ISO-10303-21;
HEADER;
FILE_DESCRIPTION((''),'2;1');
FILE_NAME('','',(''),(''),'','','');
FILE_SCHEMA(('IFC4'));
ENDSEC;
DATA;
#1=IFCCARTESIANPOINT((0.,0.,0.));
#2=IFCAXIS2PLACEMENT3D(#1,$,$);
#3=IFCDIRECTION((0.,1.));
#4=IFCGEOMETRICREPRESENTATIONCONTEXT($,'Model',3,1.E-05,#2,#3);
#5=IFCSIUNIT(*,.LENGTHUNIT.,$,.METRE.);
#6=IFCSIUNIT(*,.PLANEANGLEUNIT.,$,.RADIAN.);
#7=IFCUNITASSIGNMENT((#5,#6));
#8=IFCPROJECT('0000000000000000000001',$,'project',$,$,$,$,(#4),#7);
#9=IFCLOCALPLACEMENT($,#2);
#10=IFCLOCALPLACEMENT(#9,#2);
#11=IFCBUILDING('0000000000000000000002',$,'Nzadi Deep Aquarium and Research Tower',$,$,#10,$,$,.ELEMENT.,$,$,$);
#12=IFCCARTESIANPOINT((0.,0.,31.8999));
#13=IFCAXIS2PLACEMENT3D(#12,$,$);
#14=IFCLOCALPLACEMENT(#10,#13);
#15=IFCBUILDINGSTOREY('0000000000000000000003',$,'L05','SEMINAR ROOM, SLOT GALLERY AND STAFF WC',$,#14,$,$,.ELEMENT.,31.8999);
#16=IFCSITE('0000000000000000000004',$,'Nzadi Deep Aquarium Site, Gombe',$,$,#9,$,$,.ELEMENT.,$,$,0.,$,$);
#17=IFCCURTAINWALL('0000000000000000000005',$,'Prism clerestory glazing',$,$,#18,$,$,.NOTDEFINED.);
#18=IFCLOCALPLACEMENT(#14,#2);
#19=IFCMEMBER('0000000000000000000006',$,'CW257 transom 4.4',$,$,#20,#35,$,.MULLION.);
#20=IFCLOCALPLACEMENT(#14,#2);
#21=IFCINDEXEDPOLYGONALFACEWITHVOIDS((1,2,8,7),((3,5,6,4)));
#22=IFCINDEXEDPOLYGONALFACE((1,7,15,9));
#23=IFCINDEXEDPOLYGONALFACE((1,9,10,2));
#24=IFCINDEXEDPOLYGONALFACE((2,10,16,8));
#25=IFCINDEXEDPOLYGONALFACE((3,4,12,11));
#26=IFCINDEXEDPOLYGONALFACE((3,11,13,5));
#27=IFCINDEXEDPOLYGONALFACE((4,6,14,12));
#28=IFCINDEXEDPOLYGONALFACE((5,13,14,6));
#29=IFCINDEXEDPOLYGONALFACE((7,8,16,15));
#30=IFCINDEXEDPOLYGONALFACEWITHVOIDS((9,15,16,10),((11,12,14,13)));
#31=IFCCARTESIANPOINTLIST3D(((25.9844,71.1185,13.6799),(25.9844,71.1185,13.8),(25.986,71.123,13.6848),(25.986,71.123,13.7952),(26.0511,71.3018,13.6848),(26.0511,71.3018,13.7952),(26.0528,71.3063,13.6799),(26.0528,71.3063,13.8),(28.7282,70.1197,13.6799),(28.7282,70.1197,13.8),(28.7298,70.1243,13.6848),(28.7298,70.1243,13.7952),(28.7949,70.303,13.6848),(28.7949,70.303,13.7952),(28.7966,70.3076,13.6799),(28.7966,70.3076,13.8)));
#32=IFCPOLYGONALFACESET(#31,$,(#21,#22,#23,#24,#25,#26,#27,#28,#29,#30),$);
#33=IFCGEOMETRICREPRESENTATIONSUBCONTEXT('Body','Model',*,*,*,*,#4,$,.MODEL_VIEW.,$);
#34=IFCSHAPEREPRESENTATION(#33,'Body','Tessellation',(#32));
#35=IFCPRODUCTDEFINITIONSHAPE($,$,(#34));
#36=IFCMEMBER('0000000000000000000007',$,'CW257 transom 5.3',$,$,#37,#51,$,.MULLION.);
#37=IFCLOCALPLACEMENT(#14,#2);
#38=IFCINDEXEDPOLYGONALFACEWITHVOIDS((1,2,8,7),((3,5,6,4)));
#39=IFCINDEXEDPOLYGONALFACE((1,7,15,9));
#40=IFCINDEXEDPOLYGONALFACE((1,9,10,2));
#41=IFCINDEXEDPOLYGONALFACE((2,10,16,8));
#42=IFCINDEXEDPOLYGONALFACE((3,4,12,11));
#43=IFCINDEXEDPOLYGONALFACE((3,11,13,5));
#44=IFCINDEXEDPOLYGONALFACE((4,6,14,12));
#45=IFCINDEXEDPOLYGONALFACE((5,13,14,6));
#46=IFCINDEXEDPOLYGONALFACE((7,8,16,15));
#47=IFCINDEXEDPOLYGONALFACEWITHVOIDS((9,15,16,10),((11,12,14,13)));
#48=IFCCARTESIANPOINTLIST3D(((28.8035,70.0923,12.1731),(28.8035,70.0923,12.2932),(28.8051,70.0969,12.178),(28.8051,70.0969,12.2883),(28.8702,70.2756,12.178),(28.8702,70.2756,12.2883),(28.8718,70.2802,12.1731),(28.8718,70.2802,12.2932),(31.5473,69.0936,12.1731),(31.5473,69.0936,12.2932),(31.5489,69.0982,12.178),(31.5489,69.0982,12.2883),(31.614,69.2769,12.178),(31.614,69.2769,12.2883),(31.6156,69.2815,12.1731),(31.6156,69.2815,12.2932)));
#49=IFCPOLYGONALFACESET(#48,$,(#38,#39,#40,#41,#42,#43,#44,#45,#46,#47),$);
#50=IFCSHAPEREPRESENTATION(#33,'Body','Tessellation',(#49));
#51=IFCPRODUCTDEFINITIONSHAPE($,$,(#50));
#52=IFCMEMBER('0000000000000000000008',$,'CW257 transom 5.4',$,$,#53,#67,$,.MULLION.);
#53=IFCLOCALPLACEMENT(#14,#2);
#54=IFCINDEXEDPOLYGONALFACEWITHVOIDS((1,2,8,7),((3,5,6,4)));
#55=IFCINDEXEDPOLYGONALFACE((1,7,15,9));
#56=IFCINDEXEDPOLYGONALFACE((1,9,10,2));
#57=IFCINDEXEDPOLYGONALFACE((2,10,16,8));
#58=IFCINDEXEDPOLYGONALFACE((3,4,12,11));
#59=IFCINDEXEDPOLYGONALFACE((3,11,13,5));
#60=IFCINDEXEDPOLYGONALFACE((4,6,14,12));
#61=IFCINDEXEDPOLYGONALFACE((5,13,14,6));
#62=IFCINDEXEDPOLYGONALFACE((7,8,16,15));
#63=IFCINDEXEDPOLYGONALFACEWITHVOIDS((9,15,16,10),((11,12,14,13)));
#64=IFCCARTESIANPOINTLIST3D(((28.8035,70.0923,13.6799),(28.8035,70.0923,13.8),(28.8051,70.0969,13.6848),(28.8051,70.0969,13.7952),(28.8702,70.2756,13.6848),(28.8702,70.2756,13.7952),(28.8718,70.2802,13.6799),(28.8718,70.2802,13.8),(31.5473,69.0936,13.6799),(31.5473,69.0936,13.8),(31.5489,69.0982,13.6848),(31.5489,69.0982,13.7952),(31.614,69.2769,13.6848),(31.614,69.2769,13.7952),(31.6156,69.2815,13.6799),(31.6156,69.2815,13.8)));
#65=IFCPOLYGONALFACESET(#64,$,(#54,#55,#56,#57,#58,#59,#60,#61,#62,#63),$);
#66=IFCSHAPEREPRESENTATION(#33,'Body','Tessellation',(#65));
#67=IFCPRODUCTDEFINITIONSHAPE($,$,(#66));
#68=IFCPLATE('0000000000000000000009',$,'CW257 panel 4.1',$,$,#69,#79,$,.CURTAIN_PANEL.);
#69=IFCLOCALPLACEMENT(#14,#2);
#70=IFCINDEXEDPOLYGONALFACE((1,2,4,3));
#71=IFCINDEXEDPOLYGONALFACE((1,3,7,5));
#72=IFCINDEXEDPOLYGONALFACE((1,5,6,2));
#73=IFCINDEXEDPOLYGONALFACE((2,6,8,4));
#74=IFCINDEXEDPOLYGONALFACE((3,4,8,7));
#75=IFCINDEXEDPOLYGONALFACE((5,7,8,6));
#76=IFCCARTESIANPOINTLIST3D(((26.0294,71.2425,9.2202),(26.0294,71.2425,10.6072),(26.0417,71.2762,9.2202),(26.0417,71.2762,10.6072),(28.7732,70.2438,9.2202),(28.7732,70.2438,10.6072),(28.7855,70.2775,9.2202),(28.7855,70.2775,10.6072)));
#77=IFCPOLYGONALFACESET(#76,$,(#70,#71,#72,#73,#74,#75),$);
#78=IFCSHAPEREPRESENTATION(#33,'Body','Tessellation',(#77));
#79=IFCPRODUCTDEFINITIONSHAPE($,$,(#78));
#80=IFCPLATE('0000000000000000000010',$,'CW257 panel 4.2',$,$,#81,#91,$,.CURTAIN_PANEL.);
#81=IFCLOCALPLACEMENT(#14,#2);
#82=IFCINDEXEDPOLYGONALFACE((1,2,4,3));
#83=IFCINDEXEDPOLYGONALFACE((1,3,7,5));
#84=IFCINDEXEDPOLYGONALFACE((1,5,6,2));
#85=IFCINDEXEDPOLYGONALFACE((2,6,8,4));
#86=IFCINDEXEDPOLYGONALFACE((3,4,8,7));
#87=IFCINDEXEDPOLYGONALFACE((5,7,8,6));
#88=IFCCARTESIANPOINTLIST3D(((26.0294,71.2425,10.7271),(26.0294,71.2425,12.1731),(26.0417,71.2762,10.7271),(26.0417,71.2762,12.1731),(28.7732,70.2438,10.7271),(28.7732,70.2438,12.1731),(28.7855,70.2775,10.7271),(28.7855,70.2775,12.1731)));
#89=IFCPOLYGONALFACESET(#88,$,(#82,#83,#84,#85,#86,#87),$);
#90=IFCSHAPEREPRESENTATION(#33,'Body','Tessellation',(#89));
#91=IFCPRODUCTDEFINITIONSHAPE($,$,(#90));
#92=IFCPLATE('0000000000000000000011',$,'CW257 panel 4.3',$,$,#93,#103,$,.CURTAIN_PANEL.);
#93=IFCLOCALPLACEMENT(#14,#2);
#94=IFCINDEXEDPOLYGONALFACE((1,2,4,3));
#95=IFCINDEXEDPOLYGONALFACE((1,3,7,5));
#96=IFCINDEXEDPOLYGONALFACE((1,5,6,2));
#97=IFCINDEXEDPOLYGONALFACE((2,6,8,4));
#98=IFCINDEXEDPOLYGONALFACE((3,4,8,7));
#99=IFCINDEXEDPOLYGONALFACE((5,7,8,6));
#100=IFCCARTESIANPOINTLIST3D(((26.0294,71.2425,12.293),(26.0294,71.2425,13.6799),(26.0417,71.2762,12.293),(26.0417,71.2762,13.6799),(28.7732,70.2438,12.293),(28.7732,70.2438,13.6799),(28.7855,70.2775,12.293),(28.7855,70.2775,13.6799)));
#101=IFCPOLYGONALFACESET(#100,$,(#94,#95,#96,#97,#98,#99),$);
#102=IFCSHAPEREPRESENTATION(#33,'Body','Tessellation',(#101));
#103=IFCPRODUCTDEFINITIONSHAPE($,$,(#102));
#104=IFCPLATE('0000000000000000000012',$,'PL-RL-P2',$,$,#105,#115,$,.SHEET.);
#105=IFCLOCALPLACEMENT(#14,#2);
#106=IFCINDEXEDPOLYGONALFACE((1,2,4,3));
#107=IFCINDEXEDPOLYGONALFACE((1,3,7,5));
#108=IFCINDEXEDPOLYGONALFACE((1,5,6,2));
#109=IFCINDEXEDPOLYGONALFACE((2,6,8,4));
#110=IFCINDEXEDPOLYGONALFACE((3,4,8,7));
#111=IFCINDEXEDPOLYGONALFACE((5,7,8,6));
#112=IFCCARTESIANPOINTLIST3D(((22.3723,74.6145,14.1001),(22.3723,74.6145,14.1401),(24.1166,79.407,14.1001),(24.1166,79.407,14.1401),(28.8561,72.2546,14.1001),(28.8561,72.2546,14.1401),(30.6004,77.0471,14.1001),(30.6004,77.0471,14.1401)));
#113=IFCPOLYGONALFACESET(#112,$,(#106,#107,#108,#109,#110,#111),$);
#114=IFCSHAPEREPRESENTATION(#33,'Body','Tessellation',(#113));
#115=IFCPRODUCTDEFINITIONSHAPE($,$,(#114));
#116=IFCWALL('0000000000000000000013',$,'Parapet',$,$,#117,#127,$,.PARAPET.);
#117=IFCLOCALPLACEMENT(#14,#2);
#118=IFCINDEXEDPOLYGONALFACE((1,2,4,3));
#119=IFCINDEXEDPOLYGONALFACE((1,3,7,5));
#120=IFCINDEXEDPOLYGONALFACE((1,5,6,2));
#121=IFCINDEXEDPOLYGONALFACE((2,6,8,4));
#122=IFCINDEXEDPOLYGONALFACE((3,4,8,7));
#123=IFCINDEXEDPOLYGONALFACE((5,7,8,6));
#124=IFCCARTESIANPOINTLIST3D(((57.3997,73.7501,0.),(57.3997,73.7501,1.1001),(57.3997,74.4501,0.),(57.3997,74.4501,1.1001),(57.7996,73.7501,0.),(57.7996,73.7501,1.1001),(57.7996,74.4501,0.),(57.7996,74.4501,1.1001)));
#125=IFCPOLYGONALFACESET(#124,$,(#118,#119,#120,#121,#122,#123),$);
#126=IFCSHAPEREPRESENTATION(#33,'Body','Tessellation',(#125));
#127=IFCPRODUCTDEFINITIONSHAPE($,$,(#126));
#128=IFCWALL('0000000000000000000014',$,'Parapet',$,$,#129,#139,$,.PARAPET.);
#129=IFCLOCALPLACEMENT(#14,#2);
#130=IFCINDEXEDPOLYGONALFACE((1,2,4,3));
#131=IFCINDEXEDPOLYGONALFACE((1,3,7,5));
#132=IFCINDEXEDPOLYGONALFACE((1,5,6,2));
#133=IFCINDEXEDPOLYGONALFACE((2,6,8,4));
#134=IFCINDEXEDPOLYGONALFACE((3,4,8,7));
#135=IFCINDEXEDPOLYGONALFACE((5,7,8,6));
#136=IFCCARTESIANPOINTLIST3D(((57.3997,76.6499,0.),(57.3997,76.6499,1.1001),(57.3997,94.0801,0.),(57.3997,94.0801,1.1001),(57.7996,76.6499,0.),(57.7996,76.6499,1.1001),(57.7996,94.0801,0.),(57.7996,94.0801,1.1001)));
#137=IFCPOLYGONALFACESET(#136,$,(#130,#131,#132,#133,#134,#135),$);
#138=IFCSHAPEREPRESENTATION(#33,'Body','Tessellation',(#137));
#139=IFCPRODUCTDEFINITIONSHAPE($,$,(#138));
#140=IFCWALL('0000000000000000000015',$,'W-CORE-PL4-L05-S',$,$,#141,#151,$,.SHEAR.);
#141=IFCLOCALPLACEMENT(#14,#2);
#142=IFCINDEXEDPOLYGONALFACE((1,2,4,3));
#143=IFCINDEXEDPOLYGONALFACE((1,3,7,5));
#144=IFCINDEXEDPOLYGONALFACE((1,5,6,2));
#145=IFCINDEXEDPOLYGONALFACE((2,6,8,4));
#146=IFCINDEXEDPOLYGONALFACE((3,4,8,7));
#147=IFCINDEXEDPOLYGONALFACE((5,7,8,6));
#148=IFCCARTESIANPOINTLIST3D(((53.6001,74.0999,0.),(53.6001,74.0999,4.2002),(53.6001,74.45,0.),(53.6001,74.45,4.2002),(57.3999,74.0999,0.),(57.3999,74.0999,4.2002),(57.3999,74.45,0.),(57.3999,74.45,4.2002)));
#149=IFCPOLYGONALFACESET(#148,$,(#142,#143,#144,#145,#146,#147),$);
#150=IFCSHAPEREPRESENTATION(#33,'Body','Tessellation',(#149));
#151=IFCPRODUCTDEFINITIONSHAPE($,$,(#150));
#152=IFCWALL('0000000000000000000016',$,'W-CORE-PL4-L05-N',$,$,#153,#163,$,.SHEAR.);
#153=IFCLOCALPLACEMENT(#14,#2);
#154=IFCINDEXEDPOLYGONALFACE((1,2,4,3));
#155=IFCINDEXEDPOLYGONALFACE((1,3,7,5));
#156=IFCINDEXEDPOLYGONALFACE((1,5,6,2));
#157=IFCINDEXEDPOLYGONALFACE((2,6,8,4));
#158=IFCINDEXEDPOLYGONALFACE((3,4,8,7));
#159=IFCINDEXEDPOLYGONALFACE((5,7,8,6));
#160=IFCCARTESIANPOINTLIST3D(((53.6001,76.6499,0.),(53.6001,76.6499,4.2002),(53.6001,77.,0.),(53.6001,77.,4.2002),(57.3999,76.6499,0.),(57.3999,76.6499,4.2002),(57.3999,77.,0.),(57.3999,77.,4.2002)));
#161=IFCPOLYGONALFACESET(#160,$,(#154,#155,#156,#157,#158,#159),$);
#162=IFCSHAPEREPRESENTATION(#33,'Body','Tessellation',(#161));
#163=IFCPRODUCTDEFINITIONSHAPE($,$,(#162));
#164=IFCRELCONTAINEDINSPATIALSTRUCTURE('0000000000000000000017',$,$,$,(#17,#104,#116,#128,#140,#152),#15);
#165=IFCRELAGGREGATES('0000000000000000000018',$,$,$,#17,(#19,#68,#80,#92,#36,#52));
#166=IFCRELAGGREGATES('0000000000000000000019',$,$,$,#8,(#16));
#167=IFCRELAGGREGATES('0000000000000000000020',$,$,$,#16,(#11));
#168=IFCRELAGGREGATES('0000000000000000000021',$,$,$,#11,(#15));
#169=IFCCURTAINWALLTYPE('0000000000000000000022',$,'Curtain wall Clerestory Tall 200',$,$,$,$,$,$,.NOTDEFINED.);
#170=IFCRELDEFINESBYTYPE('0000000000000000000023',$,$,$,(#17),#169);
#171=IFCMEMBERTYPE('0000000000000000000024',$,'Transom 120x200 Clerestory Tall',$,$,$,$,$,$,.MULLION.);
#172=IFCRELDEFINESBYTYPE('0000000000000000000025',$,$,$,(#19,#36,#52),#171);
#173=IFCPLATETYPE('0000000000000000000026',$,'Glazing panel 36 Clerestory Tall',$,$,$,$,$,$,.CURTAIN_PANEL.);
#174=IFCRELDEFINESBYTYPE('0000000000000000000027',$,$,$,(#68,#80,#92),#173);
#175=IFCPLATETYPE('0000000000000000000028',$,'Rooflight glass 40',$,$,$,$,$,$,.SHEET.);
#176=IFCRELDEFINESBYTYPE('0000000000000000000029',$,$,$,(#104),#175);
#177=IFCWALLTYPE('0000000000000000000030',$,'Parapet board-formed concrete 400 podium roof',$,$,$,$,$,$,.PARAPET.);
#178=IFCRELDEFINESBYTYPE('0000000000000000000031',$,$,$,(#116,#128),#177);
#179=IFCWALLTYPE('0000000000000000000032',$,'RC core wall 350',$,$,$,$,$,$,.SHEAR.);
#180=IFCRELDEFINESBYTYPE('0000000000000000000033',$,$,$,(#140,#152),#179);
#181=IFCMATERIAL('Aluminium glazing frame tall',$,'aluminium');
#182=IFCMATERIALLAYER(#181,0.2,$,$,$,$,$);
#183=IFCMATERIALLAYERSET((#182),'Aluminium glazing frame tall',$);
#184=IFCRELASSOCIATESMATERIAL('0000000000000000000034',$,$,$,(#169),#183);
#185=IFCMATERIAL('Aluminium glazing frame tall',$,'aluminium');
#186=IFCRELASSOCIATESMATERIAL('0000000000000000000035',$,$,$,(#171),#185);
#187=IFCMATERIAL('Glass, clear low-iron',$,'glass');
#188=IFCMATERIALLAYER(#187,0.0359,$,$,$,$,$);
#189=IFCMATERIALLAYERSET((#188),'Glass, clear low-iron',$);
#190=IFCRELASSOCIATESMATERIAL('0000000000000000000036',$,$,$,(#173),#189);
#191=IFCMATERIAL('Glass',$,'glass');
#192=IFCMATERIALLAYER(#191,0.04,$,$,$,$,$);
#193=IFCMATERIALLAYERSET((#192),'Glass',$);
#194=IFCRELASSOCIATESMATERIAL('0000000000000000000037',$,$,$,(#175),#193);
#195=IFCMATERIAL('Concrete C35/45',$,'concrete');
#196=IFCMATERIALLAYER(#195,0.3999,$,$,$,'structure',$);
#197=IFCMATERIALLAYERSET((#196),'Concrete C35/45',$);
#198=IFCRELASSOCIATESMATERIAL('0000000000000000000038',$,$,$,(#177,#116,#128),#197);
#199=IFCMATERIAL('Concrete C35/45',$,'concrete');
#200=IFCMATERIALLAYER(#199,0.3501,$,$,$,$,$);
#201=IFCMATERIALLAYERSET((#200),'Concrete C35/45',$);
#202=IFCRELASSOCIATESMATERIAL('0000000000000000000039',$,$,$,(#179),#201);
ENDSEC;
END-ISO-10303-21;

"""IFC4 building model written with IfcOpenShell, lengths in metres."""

from ifc_helpers import new_model, si_unit, direction, frame, frame_2d, origin, origin_2d, place, context, subcontext, project, spatial, rectangle, hollow_rectangle, extrude, material, layer, layer_set, layer_usage, material_profile, profile_set, type_object, element, aggregate, save


model = new_model("IFC4")

# Units and contexts
model_context = context("Model", 3, precision=1e-05, world=origin(), true_north=direction((0.0, 1.0)))
body_context = subcontext(model_context, "Body", "Model", "MODEL_VIEW")
ifc_project = project(units=[si_unit("LENGTHUNIT", "METRE"), si_unit("PLANEANGLEUNIT", "RADIAN")], contexts=[model_context])

# Site, building, storey
site_placement = place(None, origin())
site = spatial("IfcSite", under=ifc_project, at=site_placement, Name="Nzadi Deep Aquarium Site, Gombe", CompositionType="ELEMENT", RefElevation=0.0)
building_placement = place(site_placement, origin())
building = spatial("IfcBuilding", under=site, at=building_placement, Name="Nzadi Deep Aquarium and Research Tower", CompositionType="ELEMENT")
storey_placement = place(building_placement, frame((0.0, 0.0, 31.8999)))
storey = spatial("IfcBuildingStorey", under=building, at=storey_placement, Name="L05", Description="SEMINAR ROOM, SLOT GALLERY AND STAFF WC", CompositionType="ELEMENT", Elevation=31.8999)

# Curtain wall
ifc_material_1 = material(Name="Aluminium glazing frame tall", Category="aluminium")
ifc_layer_1 = layer(ifc_material_1, 0.2)
ifc_layer_set_1 = layer_set([ifc_layer_1], Name="Aluminium glazing frame tall")
curtain_wall_type = type_object("IfcCurtainWallType", Name="Curtain wall Clerestory Tall 200", PredefinedType="NOTDEFINED", material=ifc_layer_set_1)
curtain_wall_placement = place(storey_placement, origin())
curtain_wall = element("IfcCurtainWall", 1, at=curtain_wall_placement, inside=storey, type_object=curtain_wall_type, Name="Prism clerestory glazing", PredefinedType="NOTDEFINED")

# Members
ifc_material_2 = material(Name="Aluminium glazing frame tall", Category="aluminium")
ifc_material_profile_1 = material_profile(ifc_material_2, hollow_rectangle(XDim=0.2, YDim=0.1201, WallThickness=0.0049, at=origin_2d()))
ifc_profile_set_1 = profile_set([ifc_material_profile_1], Name="Aluminium glazing frame tall")
member_type_1 = type_object("IfcMemberType", Name="Transom 120x200 Clerestory Tall", PredefinedType="MULLION", material=ifc_profile_set_1)
member_1_placement = place(storey_placement, frame((26.0186, 71.2124, 13.74), z_axis=(0.939684, -0.342045, 0.0), x_axis=(0.342045, 0.939684, 0.0)))
member_1 = element("IfcMember", 2, at=member_1_placement, type_object=member_type_1, Name="CW257 transom 4.4", PredefinedType="MULLION", context=body_context, shape_type="SweptSolid", body=[
    extrude(hollow_rectangle(XDim=0.2, YDim=0.1201, WallThickness=0.0049, at=origin_2d()), origin(), (0.0, 0.0, 1.0), 2.9199),
])
member_2_placement = place(storey_placement, frame((28.8376, 70.1863, 12.2332), z_axis=(0.939684, -0.342045, 0.0), x_axis=(0.342045, 0.939684, 0.0)))
member_2 = element("IfcMember", 3, at=member_2_placement, type_object=member_type_1, Name="CW257 transom 5.3", PredefinedType="MULLION", context=body_context, shape_type="SweptSolid", body=[
    extrude(hollow_rectangle(XDim=0.2, YDim=0.1201, WallThickness=0.0049, at=origin_2d()), origin(), (0.0, 0.0, 1.0), 2.9199),
])
member_3_placement = place(storey_placement, frame((28.8376, 70.1863, 13.74), z_axis=(0.939684, -0.342045, 0.0), x_axis=(0.342045, 0.939684, 0.0)))
member_3 = element("IfcMember", 4, at=member_3_placement, type_object=member_type_1, Name="CW257 transom 5.4", PredefinedType="MULLION", context=body_context, shape_type="SweptSolid", body=[
    extrude(hollow_rectangle(XDim=0.2, YDim=0.1201, WallThickness=0.0049, at=origin_2d()), origin(), (0.0, 0.0, 1.0), 2.9199),
])

# Plates
ifc_material_3 = material(Name="Glass, clear low-iron", Category="glass")
ifc_layer_2 = layer(ifc_material_3, 0.0359)
ifc_layer_set_2 = layer_set([ifc_layer_2], Name="Glass, clear low-iron")
plate_type_1 = type_object("IfcPlateType", Name="Glazing panel 36 Clerestory Tall", PredefinedType="CURTAIN_PANEL", material=ifc_layer_set_2)
plate_1_placement = place(storey_placement, frame((27.4075, 70.76, 9.2202), z_axis=(0.0, 0.0, 1.0), x_axis=(0.939693, -0.34202, 0.0)))
plate_1 = element("IfcPlate", 5, at=plate_1_placement, type_object=plate_type_1, Name="CW257 panel 4.1", PredefinedType="CURTAIN_PANEL", context=body_context, shape_type="SweptSolid", body=[
    extrude(rectangle(XDim=2.9199, YDim=0.0359, at=origin_2d()), origin(), (0.0, 0.0, 1.0), 1.387),
])
plate_2_placement = place(storey_placement, frame((27.4075, 70.76, 10.7271), z_axis=(0.0, 0.0, 1.0), x_axis=(0.939693, -0.34202, 0.0)))
plate_2 = element("IfcPlate", 6, at=plate_2_placement, type_object=plate_type_1, Name="CW257 panel 4.2", PredefinedType="CURTAIN_PANEL", context=body_context, shape_type="SweptSolid", body=[
    extrude(rectangle(XDim=2.9199, YDim=0.0359, at=origin_2d()), origin(), (0.0, 0.0, 1.0), 1.446),
])
plate_3_placement = place(storey_placement, frame((27.4075, 70.76, 12.293), z_axis=(0.0, 0.0, 1.0), x_axis=(0.939693, -0.34202, 0.0)))
plate_3 = element("IfcPlate", 7, at=plate_3_placement, type_object=plate_type_1, Name="CW257 panel 4.3", PredefinedType="CURTAIN_PANEL", context=body_context, shape_type="SweptSolid", body=[
    extrude(rectangle(XDim=2.9199, YDim=0.0359, at=origin_2d()), origin(), (0.0, 0.0, 1.0), 1.387),
])
aggregate(curtain_wall, [member_1, plate_1, plate_2, plate_3, member_2, member_3])
ifc_material_4 = material(Name="Glass", Category="glass")
ifc_layer_3 = layer(ifc_material_4, 0.04)
ifc_layer_set_3 = layer_set([ifc_layer_3], Name="Glass")
plate_type_2 = type_object("IfcPlateType", Name="Rooflight glass 40", PredefinedType="SHEET", material=ifc_layer_set_3)
plate_4_placement = place(storey_placement, frame((26.4863, 75.8308, 14.1001), z_axis=(0.0, 0.0, 1.0), x_axis=(0.939693, -0.34202, 0.0)))
element("IfcPlate", 8, at=plate_4_placement, inside=storey, type_object=plate_type_2, Name="PL-RL-P2", PredefinedType="SHEET", context=body_context, shape_type="SweptSolid", body=[
    extrude(rectangle(XDim=6.8999, YDim=5.1001, at=origin_2d()), origin(), (0.0, 0.0, 1.0), 0.04),
])

# Walls
ifc_material_5 = material(Name="Concrete C35/45", Category="concrete")
ifc_layer_4 = layer(ifc_material_5, 0.3999, Category="structure")
ifc_layer_set_4 = layer_set([ifc_layer_4], Name="Concrete C35/45")
ifc_layer_usage_1 = layer_usage(ifc_layer_set_4, "AXIS2", "POSITIVE", -0.2)
wall_type_1 = type_object("IfcWallType", Name="Parapet board-formed concrete 400 podium roof", PredefinedType="PARAPET", material=ifc_layer_set_4)
wall_1_placement = place(storey_placement, frame((57.5996, 73.75, 0.0), z_axis=(0.0, 0.0, 1.0), x_axis=(0.0, 1.0, 0.0)))
element("IfcWall", 9, at=wall_1_placement, inside=storey, type_object=wall_type_1, material=ifc_layer_usage_1, Name="Parapet", PredefinedType="PARAPET", context=body_context, shape_type="SweptSolid", body=[
    extrude(rectangle(XDim=0.7, YDim=0.3999, at=frame_2d((0.3501, 0.0))), origin(), (0.0, 0.0, 1.0), 1.1001),
])
ifc_layer_usage_2 = layer_usage(ifc_layer_set_4, "AXIS2", "POSITIVE", -0.2)
wall_2_placement = place(storey_placement, frame((57.5996, 76.6499, 0.0), z_axis=(0.0, 0.0, 1.0), x_axis=(0.0, 1.0, 0.0)))
element("IfcWall", 10, at=wall_2_placement, inside=storey, type_object=wall_type_1, material=ifc_layer_usage_2, Name="Parapet", PredefinedType="PARAPET", context=body_context, shape_type="SweptSolid", body=[
    extrude(rectangle(XDim=17.4302, YDim=0.3999, at=frame_2d((8.7151, 0.0))), origin(), (0.0, 0.0, 1.0), 1.1001),
])
ifc_material_6 = material(Name="Concrete C35/45", Category="concrete")
ifc_layer_5 = layer(ifc_material_6, 0.3501)
ifc_layer_set_5 = layer_set([ifc_layer_5], Name="Concrete C35/45")
wall_type_2 = type_object("IfcWallType", Name="RC core wall 350", PredefinedType="SHEAR", material=ifc_layer_set_5)
for number, where, z_axis, x_axis, name in (
    (11, (53.6001, 74.2749, 0.0), (0.0, 0.0, 1.0), (1.0, 0.0, 0.0), "W-CORE-PL4-L05-S"),
    (12, (53.6001, 76.825, 0.0), (0.0, 0.0, 1.0), (1.0, 0.0, 0.0), "W-CORE-PL4-L05-N"),
):
    element("IfcWall", number, at=place(storey_placement, frame(where, z_axis=z_axis, x_axis=x_axis)), inside=storey, type_object=wall_type_2, Name=name, PredefinedType="SHEAR", context=body_context, shape_type="SweptSolid", body=[
        extrude(rectangle(XDim=3.7998, YDim=0.3501, at=frame_2d((1.8999, 0.0))), origin(), (0.0, 0.0, 1.0), 4.2002),
    ])

save(model, "model.ifc")
